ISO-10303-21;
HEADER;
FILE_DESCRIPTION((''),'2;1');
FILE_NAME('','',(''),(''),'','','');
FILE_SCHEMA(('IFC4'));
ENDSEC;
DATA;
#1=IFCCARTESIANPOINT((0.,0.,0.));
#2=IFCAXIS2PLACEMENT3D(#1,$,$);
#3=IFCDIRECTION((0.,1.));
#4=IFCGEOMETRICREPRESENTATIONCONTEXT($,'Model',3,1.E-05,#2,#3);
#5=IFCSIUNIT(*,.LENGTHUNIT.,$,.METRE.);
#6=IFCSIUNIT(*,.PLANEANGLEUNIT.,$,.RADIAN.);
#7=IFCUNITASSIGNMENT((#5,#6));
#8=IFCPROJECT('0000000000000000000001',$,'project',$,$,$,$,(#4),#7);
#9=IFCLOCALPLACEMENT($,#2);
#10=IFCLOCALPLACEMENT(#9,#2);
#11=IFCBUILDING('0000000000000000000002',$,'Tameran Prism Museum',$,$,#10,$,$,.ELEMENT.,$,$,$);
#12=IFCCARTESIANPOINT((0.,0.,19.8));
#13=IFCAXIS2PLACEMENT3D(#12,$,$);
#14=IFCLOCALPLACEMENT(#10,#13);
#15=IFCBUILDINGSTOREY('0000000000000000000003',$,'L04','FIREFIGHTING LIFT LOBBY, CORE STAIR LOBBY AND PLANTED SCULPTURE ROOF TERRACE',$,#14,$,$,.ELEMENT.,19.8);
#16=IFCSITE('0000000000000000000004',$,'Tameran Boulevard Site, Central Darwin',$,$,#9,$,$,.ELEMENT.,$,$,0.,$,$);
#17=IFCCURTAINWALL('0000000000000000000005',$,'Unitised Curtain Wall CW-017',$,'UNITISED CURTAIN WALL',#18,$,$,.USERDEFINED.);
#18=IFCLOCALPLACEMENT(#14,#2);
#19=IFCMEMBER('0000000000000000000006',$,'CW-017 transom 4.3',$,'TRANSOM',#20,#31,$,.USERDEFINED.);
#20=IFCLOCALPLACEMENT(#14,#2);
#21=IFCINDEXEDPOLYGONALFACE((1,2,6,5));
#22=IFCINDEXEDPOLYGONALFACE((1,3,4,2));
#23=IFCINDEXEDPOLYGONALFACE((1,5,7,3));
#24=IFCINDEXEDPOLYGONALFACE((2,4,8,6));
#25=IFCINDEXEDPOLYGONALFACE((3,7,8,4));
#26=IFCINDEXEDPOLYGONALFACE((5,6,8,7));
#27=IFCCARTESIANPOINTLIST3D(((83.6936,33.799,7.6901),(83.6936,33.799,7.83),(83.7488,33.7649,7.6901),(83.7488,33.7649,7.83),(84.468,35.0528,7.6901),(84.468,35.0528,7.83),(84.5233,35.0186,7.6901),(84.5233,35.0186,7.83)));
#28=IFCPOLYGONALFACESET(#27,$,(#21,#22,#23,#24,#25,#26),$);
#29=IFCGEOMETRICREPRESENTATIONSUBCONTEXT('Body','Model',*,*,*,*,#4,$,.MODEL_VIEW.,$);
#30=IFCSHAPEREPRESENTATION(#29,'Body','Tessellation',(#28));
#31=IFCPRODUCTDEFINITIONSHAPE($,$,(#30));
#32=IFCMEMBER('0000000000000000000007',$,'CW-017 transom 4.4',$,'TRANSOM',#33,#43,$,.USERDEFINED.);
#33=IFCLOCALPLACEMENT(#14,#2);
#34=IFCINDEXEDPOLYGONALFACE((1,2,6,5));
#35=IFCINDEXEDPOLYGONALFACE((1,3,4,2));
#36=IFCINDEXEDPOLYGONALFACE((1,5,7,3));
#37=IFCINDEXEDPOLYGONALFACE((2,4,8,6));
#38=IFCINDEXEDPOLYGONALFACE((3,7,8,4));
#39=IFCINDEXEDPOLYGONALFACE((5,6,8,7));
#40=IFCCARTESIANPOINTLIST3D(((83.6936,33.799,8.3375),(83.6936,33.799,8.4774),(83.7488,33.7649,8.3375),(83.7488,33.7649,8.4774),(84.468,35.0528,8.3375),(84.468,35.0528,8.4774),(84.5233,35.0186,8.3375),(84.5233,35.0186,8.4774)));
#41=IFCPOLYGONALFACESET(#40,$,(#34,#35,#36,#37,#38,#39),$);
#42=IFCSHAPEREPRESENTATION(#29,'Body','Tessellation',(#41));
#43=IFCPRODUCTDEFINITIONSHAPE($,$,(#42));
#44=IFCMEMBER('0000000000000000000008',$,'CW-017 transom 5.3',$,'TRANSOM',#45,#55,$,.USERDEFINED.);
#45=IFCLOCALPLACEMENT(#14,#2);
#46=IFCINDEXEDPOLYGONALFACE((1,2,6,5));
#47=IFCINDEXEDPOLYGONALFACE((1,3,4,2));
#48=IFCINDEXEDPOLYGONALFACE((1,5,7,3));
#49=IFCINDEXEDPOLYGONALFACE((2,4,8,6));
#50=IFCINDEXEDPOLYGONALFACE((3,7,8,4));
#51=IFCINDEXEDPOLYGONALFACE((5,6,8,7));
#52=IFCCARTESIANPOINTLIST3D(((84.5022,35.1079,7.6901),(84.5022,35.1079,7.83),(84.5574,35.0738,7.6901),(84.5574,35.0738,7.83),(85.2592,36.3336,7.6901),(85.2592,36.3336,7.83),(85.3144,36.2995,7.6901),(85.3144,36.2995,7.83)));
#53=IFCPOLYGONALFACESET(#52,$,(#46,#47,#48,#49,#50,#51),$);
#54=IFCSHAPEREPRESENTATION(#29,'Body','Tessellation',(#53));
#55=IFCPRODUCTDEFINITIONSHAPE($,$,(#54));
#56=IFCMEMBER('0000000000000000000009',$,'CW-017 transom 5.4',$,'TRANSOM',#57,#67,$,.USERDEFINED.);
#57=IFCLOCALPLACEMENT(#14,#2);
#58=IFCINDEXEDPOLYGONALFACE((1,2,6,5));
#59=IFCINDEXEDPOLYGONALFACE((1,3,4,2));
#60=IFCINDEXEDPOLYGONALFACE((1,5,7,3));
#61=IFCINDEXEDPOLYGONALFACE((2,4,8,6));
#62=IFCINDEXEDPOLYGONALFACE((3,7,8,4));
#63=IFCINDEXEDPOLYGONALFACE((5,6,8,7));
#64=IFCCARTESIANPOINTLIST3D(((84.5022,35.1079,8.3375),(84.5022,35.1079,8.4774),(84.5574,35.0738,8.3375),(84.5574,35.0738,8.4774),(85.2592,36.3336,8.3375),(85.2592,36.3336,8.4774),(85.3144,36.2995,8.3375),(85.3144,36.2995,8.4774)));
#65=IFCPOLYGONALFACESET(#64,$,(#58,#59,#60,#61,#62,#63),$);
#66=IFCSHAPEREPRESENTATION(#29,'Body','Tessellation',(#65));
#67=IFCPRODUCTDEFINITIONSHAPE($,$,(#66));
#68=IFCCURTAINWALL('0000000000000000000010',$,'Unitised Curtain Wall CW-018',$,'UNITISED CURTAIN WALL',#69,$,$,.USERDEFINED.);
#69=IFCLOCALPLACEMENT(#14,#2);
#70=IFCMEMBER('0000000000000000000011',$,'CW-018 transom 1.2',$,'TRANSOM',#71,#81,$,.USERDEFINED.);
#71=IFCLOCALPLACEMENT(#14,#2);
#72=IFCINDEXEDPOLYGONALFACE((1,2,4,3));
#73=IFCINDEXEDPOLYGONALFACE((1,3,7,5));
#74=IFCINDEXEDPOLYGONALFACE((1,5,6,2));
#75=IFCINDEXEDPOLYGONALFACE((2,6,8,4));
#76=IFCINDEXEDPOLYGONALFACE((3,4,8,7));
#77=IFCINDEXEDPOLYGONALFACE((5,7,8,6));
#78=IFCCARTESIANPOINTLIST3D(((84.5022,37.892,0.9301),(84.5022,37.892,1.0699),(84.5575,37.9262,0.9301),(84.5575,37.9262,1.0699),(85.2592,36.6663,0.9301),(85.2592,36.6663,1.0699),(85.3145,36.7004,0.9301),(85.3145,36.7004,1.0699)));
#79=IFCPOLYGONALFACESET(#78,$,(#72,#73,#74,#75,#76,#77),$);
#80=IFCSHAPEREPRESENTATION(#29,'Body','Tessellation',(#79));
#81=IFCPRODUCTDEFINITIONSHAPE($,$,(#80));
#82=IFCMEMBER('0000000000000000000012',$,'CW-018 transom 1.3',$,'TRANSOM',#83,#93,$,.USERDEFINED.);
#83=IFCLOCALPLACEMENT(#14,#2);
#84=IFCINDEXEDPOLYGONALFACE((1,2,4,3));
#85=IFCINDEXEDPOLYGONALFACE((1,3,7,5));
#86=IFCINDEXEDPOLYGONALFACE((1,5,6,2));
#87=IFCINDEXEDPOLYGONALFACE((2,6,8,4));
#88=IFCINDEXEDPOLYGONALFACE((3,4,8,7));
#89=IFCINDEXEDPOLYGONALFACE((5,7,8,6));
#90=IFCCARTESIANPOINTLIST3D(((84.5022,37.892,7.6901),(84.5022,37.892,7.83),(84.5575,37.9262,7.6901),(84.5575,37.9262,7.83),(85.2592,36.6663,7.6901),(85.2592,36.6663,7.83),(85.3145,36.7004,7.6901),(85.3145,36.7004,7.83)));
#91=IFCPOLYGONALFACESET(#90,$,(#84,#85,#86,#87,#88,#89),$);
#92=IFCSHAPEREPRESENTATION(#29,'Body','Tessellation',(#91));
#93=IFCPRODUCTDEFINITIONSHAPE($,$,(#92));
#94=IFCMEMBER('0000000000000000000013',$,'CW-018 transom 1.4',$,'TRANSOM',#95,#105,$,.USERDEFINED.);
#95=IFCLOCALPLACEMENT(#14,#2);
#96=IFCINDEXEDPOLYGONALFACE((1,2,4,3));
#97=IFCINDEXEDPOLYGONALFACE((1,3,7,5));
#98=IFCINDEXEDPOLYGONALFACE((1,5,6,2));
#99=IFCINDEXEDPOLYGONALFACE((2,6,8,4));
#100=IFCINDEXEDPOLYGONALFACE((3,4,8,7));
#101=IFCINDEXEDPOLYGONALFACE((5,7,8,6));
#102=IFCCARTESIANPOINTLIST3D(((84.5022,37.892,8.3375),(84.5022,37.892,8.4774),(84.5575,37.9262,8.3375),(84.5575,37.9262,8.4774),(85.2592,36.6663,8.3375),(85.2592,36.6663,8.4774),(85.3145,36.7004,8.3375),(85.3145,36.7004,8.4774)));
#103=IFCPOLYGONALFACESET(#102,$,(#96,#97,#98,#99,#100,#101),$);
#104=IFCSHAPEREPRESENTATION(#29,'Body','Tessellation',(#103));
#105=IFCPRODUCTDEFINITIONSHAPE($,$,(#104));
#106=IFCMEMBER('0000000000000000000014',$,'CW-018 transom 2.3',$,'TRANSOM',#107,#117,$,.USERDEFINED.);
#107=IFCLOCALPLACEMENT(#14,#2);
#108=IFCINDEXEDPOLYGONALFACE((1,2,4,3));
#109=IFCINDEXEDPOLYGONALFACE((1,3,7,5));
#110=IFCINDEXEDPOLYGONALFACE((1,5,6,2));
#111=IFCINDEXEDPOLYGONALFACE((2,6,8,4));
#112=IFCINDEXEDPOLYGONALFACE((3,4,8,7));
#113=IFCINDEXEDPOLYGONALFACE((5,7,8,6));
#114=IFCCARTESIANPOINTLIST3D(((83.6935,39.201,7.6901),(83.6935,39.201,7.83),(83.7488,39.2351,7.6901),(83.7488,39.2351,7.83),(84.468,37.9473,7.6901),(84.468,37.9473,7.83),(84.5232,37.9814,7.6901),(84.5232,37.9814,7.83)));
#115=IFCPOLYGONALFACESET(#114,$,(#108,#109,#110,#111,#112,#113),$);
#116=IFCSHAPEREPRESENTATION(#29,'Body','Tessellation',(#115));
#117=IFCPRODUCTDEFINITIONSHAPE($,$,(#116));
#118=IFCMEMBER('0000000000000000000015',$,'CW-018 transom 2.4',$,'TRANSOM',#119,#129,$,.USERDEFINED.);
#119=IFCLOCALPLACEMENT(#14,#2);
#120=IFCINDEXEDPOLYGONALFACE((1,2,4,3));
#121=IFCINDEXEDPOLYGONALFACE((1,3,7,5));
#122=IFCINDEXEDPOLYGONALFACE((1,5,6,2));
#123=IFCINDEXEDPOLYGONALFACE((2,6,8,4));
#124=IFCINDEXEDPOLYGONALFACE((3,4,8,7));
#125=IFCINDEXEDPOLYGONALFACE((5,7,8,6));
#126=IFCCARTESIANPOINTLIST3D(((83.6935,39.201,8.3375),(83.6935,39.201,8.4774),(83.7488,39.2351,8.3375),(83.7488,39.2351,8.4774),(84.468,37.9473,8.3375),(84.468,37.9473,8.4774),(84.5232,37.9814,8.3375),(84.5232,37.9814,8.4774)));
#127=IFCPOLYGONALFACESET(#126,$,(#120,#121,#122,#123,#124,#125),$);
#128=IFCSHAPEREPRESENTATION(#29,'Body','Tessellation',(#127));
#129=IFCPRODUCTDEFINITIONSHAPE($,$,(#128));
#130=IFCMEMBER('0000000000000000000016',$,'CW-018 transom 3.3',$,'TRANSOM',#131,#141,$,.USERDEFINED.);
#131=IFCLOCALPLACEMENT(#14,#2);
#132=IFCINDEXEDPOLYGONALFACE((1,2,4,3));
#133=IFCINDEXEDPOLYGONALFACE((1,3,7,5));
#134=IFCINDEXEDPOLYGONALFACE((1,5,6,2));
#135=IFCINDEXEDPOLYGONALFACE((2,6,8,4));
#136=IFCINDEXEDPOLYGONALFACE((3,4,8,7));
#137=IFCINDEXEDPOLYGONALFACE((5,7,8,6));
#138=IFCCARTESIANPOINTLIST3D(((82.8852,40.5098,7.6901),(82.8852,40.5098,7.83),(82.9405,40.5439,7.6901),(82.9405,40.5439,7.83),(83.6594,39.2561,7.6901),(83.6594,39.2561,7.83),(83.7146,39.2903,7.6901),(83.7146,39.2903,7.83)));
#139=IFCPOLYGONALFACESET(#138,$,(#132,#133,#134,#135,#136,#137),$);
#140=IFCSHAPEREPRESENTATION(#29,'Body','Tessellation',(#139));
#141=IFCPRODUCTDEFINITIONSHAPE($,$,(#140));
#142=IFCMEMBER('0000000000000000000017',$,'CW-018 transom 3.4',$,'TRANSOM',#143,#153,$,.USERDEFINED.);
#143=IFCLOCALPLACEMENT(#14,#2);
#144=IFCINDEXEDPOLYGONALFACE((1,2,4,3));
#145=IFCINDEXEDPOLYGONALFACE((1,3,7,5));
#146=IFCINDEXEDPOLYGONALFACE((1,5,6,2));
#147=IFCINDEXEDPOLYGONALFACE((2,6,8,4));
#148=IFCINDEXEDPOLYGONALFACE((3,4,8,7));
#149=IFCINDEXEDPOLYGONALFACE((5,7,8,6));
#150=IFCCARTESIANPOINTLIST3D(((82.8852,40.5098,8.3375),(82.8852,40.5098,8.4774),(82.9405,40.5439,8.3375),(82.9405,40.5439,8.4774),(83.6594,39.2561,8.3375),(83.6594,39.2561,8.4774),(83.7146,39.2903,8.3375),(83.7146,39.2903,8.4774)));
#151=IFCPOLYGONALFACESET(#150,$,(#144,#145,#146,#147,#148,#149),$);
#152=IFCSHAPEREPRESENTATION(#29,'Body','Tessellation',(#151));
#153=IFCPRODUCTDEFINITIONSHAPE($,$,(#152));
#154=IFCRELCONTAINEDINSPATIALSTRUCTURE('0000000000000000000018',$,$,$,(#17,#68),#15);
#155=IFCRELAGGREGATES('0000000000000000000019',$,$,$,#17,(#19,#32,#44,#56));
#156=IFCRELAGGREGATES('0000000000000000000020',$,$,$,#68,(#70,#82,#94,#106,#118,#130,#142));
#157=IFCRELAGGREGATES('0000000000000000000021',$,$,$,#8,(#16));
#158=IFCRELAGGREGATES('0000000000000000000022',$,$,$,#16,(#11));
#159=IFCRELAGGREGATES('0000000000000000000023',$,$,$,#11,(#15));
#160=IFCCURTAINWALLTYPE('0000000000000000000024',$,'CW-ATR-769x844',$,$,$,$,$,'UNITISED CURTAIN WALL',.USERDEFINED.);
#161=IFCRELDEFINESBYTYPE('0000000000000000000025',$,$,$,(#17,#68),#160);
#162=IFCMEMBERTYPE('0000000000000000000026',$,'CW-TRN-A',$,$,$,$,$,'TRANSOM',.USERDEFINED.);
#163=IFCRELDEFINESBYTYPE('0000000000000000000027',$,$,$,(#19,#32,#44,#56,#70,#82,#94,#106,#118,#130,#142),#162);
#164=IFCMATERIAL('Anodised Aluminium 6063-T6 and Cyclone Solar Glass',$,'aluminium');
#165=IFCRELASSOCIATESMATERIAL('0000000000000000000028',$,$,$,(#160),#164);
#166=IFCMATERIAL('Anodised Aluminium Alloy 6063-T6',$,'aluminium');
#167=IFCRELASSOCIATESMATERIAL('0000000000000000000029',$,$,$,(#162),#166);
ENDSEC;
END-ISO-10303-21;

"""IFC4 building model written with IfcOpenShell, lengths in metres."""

from ifc_helpers import new_model, si_unit, direction, frame, origin, origin_2d, place, context, subcontext, project, spatial, rectangle, extrude, material, material_profile, profile_set, type_object, element, aggregate, save


model = new_model("IFC4")

# Units and contexts
model_context = context("Model", 3, precision=1e-05, world=origin(), true_north=direction((0.0, 1.0)))
body_context = subcontext(model_context, "Body", "Model", "MODEL_VIEW")
ifc_project = project(units=[si_unit("LENGTHUNIT", "METRE"), si_unit("PLANEANGLEUNIT", "RADIAN")], contexts=[model_context])

# Site, building, storey
site_placement = place(None, origin())
site = spatial("IfcSite", under=ifc_project, at=site_placement, Name="Tameran Boulevard Site, Central Darwin", CompositionType="ELEMENT", RefElevation=0.0)
building_placement = place(site_placement, origin())
building = spatial("IfcBuilding", under=site, at=building_placement, Name="Tameran Prism Museum", CompositionType="ELEMENT")
storey_placement = place(building_placement, frame((0.0, 0.0, 19.8)))
storey = spatial("IfcBuildingStorey", under=building, at=storey_placement, Name="L04", Description="FIREFIGHTING LIFT LOBBY, CORE STAIR LOBBY AND PLANTED SCULPTURE ROOF TERRACE", CompositionType="ELEMENT", Elevation=19.8)

# Curtain walls, members
ifc_material_1 = material(Name="Anodised Aluminium 6063-T6 and Cyclone Solar Glass", Category="aluminium")
curtain_wall_type = type_object("IfcCurtainWallType", Name="CW-ATR-769x844", ElementType="UNITISED CURTAIN WALL", PredefinedType="USERDEFINED", material=ifc_material_1)
curtain_wall_1_placement = place(storey_placement, origin())
curtain_wall_1 = element("IfcCurtainWall", 1, at=curtain_wall_1_placement, inside=storey, type_object=curtain_wall_type, Name="Unitised Curtain Wall CW-017", ObjectType="UNITISED CURTAIN WALL", PredefinedType="USERDEFINED")
ifc_material_2 = material(Name="Anodised Aluminium Alloy 6063-T6", Category="aluminium")
ifc_material_profile_1 = material_profile(ifc_material_2, rectangle(XDim=0.0649, YDim=0.1399, at=origin_2d()))
ifc_profile_set_1 = profile_set([ifc_material_profile_1])
member_type_1 = type_object("IfcMemberType", Name="CW-TRN-A", ElementType="TRANSOM", PredefinedType="USERDEFINED", material=ifc_profile_set_1)
member_1_placement = place(storey_placement, frame((83.7212, 33.782, 7.76), z_axis=(0.525539, 0.85077, 0.0), x_axis=(-0.85077, 0.525539, 0.0)))
member_1 = element("IfcMember", 2, at=member_1_placement, type_object=member_type_1, Name="CW-017 transom 4.3", ObjectType="TRANSOM", PredefinedType="USERDEFINED", context=body_context, shape_type="SweptSolid", body=[
    extrude(rectangle(XDim=0.0649, YDim=0.1399, at=origin_2d()), origin(), (0.0, 0.0, 1.0), 1.4736),
])
member_2_placement = place(storey_placement, frame((83.7212, 33.782, 8.4075), z_axis=(0.525539, 0.85077, 0.0), x_axis=(-0.85077, 0.525539, 0.0)))
member_2 = element("IfcMember", 3, at=member_2_placement, type_object=member_type_1, Name="CW-017 transom 4.4", ObjectType="TRANSOM", PredefinedType="USERDEFINED", context=body_context, shape_type="SweptSolid", body=[
    extrude(rectangle(XDim=0.0649, YDim=0.1399, at=origin_2d()), origin(), (0.0, 0.0, 1.0), 1.4736),
])
member_3_placement = place(storey_placement, frame((84.5298, 35.0908, 7.76), z_axis=(0.525468, 0.850814, 0.0), x_axis=(-0.850814, 0.525468, 0.0)))
member_3 = element("IfcMember", 4, at=member_3_placement, type_object=member_type_1, Name="CW-017 transom 5.3", ObjectType="TRANSOM", PredefinedType="USERDEFINED", context=body_context, shape_type="SweptSolid", body=[
    extrude(rectangle(XDim=0.0649, YDim=0.1399, at=origin_2d()), origin(), (0.0, 0.0, 1.0), 1.4407),
])
member_4_placement = place(storey_placement, frame((84.5298, 35.0908, 8.4075), z_axis=(0.525468, 0.850814, 0.0), x_axis=(-0.850814, 0.525468, 0.0)))
member_4 = element("IfcMember", 5, at=member_4_placement, type_object=member_type_1, Name="CW-017 transom 5.4", ObjectType="TRANSOM", PredefinedType="USERDEFINED", context=body_context, shape_type="SweptSolid", body=[
    extrude(rectangle(XDim=0.0649, YDim=0.1399, at=origin_2d()), origin(), (0.0, 0.0, 1.0), 1.4407),
])
curtain_wall_2_placement = place(storey_placement, origin())
curtain_wall_2 = element("IfcCurtainWall", 6, at=curtain_wall_2_placement, inside=storey, type_object=curtain_wall_type, Name="Unitised Curtain Wall CW-018", ObjectType="UNITISED CURTAIN WALL", PredefinedType="USERDEFINED")
member_5_placement = place(storey_placement, frame((85.2869, 36.6833, 1.0), z_axis=(-0.525468, 0.850814, 0.0), x_axis=(-0.850814, -0.525468, 0.0)))
member_5 = element("IfcMember", 7, at=member_5_placement, type_object=member_type_1, Name="CW-018 transom 1.2", ObjectType="TRANSOM", PredefinedType="USERDEFINED", context=body_context, shape_type="SweptSolid", body=[
    extrude(rectangle(XDim=0.0649, YDim=0.1399, at=origin_2d()), origin(), (0.0, 0.0, 1.0), 1.4407),
])
member_6_placement = place(storey_placement, frame((85.2869, 36.6833, 7.76), z_axis=(-0.525468, 0.850814, 0.0), x_axis=(-0.850814, -0.525468, 0.0)))
member_6 = element("IfcMember", 8, at=member_6_placement, type_object=member_type_1, Name="CW-018 transom 1.3", ObjectType="TRANSOM", PredefinedType="USERDEFINED", context=body_context, shape_type="SweptSolid", body=[
    extrude(rectangle(XDim=0.0649, YDim=0.1399, at=origin_2d()), origin(), (0.0, 0.0, 1.0), 1.4407),
])
member_7_placement = place(storey_placement, frame((85.2869, 36.6833, 8.4075), z_axis=(-0.525468, 0.850814, 0.0), x_axis=(-0.850814, -0.525468, 0.0)))
member_7 = element("IfcMember", 9, at=member_7_placement, type_object=member_type_1, Name="CW-018 transom 1.4", ObjectType="TRANSOM", PredefinedType="USERDEFINED", context=body_context, shape_type="SweptSolid", body=[
    extrude(rectangle(XDim=0.0649, YDim=0.1399, at=origin_2d()), origin(), (0.0, 0.0, 1.0), 1.4407),
])
member_8_placement = place(storey_placement, frame((84.4956, 37.9644, 7.76), z_axis=(-0.525539, 0.85077, 0.0), x_axis=(-0.85077, -0.525539, 0.0)))
member_8 = element("IfcMember", 10, at=member_8_placement, type_object=member_type_1, Name="CW-018 transom 2.3", ObjectType="TRANSOM", PredefinedType="USERDEFINED", context=body_context, shape_type="SweptSolid", body=[
    extrude(rectangle(XDim=0.0649, YDim=0.1399, at=origin_2d()), origin(), (0.0, 0.0, 1.0), 1.4736),
])
member_9_placement = place(storey_placement, frame((84.4956, 37.9644, 8.4075), z_axis=(-0.525539, 0.85077, 0.0), x_axis=(-0.85077, -0.525539, 0.0)))
member_9 = element("IfcMember", 11, at=member_9_placement, type_object=member_type_1, Name="CW-018 transom 2.4", ObjectType="TRANSOM", PredefinedType="USERDEFINED", context=body_context, shape_type="SweptSolid", body=[
    extrude(rectangle(XDim=0.0649, YDim=0.1399, at=origin_2d()), origin(), (0.0, 0.0, 1.0), 1.4736),
])
member_10_placement = place(storey_placement, frame((83.687, 39.2732, 7.76), z_axis=(-0.525419, 0.850844, 0.0), x_axis=(-0.850844, -0.525419, 0.0)))
member_10 = element("IfcMember", 12, at=member_10_placement, type_object=member_type_1, Name="CW-018 transom 3.3", ObjectType="TRANSOM", PredefinedType="USERDEFINED", context=body_context, shape_type="SweptSolid", body=[
    extrude(rectangle(XDim=0.0649, YDim=0.1399, at=origin_2d()), origin(), (0.0, 0.0, 1.0), 1.4734),
])
member_11_placement = place(storey_placement, frame((83.687, 39.2732, 8.4075), z_axis=(-0.525419, 0.850844, 0.0), x_axis=(-0.850844, -0.525419, 0.0)))
member_11 = element("IfcMember", 13, at=member_11_placement, type_object=member_type_1, Name="CW-018 transom 3.4", ObjectType="TRANSOM", PredefinedType="USERDEFINED", context=body_context, shape_type="SweptSolid", body=[
    extrude(rectangle(XDim=0.0649, YDim=0.1399, at=origin_2d()), origin(), (0.0, 0.0, 1.0), 1.4734),
])

aggregate(curtain_wall_1, [member_1, member_2, member_3, member_4])
aggregate(curtain_wall_2, [member_5, member_6, member_7, member_8, member_9, member_10, member_11])

save(model, "model.ifc")
